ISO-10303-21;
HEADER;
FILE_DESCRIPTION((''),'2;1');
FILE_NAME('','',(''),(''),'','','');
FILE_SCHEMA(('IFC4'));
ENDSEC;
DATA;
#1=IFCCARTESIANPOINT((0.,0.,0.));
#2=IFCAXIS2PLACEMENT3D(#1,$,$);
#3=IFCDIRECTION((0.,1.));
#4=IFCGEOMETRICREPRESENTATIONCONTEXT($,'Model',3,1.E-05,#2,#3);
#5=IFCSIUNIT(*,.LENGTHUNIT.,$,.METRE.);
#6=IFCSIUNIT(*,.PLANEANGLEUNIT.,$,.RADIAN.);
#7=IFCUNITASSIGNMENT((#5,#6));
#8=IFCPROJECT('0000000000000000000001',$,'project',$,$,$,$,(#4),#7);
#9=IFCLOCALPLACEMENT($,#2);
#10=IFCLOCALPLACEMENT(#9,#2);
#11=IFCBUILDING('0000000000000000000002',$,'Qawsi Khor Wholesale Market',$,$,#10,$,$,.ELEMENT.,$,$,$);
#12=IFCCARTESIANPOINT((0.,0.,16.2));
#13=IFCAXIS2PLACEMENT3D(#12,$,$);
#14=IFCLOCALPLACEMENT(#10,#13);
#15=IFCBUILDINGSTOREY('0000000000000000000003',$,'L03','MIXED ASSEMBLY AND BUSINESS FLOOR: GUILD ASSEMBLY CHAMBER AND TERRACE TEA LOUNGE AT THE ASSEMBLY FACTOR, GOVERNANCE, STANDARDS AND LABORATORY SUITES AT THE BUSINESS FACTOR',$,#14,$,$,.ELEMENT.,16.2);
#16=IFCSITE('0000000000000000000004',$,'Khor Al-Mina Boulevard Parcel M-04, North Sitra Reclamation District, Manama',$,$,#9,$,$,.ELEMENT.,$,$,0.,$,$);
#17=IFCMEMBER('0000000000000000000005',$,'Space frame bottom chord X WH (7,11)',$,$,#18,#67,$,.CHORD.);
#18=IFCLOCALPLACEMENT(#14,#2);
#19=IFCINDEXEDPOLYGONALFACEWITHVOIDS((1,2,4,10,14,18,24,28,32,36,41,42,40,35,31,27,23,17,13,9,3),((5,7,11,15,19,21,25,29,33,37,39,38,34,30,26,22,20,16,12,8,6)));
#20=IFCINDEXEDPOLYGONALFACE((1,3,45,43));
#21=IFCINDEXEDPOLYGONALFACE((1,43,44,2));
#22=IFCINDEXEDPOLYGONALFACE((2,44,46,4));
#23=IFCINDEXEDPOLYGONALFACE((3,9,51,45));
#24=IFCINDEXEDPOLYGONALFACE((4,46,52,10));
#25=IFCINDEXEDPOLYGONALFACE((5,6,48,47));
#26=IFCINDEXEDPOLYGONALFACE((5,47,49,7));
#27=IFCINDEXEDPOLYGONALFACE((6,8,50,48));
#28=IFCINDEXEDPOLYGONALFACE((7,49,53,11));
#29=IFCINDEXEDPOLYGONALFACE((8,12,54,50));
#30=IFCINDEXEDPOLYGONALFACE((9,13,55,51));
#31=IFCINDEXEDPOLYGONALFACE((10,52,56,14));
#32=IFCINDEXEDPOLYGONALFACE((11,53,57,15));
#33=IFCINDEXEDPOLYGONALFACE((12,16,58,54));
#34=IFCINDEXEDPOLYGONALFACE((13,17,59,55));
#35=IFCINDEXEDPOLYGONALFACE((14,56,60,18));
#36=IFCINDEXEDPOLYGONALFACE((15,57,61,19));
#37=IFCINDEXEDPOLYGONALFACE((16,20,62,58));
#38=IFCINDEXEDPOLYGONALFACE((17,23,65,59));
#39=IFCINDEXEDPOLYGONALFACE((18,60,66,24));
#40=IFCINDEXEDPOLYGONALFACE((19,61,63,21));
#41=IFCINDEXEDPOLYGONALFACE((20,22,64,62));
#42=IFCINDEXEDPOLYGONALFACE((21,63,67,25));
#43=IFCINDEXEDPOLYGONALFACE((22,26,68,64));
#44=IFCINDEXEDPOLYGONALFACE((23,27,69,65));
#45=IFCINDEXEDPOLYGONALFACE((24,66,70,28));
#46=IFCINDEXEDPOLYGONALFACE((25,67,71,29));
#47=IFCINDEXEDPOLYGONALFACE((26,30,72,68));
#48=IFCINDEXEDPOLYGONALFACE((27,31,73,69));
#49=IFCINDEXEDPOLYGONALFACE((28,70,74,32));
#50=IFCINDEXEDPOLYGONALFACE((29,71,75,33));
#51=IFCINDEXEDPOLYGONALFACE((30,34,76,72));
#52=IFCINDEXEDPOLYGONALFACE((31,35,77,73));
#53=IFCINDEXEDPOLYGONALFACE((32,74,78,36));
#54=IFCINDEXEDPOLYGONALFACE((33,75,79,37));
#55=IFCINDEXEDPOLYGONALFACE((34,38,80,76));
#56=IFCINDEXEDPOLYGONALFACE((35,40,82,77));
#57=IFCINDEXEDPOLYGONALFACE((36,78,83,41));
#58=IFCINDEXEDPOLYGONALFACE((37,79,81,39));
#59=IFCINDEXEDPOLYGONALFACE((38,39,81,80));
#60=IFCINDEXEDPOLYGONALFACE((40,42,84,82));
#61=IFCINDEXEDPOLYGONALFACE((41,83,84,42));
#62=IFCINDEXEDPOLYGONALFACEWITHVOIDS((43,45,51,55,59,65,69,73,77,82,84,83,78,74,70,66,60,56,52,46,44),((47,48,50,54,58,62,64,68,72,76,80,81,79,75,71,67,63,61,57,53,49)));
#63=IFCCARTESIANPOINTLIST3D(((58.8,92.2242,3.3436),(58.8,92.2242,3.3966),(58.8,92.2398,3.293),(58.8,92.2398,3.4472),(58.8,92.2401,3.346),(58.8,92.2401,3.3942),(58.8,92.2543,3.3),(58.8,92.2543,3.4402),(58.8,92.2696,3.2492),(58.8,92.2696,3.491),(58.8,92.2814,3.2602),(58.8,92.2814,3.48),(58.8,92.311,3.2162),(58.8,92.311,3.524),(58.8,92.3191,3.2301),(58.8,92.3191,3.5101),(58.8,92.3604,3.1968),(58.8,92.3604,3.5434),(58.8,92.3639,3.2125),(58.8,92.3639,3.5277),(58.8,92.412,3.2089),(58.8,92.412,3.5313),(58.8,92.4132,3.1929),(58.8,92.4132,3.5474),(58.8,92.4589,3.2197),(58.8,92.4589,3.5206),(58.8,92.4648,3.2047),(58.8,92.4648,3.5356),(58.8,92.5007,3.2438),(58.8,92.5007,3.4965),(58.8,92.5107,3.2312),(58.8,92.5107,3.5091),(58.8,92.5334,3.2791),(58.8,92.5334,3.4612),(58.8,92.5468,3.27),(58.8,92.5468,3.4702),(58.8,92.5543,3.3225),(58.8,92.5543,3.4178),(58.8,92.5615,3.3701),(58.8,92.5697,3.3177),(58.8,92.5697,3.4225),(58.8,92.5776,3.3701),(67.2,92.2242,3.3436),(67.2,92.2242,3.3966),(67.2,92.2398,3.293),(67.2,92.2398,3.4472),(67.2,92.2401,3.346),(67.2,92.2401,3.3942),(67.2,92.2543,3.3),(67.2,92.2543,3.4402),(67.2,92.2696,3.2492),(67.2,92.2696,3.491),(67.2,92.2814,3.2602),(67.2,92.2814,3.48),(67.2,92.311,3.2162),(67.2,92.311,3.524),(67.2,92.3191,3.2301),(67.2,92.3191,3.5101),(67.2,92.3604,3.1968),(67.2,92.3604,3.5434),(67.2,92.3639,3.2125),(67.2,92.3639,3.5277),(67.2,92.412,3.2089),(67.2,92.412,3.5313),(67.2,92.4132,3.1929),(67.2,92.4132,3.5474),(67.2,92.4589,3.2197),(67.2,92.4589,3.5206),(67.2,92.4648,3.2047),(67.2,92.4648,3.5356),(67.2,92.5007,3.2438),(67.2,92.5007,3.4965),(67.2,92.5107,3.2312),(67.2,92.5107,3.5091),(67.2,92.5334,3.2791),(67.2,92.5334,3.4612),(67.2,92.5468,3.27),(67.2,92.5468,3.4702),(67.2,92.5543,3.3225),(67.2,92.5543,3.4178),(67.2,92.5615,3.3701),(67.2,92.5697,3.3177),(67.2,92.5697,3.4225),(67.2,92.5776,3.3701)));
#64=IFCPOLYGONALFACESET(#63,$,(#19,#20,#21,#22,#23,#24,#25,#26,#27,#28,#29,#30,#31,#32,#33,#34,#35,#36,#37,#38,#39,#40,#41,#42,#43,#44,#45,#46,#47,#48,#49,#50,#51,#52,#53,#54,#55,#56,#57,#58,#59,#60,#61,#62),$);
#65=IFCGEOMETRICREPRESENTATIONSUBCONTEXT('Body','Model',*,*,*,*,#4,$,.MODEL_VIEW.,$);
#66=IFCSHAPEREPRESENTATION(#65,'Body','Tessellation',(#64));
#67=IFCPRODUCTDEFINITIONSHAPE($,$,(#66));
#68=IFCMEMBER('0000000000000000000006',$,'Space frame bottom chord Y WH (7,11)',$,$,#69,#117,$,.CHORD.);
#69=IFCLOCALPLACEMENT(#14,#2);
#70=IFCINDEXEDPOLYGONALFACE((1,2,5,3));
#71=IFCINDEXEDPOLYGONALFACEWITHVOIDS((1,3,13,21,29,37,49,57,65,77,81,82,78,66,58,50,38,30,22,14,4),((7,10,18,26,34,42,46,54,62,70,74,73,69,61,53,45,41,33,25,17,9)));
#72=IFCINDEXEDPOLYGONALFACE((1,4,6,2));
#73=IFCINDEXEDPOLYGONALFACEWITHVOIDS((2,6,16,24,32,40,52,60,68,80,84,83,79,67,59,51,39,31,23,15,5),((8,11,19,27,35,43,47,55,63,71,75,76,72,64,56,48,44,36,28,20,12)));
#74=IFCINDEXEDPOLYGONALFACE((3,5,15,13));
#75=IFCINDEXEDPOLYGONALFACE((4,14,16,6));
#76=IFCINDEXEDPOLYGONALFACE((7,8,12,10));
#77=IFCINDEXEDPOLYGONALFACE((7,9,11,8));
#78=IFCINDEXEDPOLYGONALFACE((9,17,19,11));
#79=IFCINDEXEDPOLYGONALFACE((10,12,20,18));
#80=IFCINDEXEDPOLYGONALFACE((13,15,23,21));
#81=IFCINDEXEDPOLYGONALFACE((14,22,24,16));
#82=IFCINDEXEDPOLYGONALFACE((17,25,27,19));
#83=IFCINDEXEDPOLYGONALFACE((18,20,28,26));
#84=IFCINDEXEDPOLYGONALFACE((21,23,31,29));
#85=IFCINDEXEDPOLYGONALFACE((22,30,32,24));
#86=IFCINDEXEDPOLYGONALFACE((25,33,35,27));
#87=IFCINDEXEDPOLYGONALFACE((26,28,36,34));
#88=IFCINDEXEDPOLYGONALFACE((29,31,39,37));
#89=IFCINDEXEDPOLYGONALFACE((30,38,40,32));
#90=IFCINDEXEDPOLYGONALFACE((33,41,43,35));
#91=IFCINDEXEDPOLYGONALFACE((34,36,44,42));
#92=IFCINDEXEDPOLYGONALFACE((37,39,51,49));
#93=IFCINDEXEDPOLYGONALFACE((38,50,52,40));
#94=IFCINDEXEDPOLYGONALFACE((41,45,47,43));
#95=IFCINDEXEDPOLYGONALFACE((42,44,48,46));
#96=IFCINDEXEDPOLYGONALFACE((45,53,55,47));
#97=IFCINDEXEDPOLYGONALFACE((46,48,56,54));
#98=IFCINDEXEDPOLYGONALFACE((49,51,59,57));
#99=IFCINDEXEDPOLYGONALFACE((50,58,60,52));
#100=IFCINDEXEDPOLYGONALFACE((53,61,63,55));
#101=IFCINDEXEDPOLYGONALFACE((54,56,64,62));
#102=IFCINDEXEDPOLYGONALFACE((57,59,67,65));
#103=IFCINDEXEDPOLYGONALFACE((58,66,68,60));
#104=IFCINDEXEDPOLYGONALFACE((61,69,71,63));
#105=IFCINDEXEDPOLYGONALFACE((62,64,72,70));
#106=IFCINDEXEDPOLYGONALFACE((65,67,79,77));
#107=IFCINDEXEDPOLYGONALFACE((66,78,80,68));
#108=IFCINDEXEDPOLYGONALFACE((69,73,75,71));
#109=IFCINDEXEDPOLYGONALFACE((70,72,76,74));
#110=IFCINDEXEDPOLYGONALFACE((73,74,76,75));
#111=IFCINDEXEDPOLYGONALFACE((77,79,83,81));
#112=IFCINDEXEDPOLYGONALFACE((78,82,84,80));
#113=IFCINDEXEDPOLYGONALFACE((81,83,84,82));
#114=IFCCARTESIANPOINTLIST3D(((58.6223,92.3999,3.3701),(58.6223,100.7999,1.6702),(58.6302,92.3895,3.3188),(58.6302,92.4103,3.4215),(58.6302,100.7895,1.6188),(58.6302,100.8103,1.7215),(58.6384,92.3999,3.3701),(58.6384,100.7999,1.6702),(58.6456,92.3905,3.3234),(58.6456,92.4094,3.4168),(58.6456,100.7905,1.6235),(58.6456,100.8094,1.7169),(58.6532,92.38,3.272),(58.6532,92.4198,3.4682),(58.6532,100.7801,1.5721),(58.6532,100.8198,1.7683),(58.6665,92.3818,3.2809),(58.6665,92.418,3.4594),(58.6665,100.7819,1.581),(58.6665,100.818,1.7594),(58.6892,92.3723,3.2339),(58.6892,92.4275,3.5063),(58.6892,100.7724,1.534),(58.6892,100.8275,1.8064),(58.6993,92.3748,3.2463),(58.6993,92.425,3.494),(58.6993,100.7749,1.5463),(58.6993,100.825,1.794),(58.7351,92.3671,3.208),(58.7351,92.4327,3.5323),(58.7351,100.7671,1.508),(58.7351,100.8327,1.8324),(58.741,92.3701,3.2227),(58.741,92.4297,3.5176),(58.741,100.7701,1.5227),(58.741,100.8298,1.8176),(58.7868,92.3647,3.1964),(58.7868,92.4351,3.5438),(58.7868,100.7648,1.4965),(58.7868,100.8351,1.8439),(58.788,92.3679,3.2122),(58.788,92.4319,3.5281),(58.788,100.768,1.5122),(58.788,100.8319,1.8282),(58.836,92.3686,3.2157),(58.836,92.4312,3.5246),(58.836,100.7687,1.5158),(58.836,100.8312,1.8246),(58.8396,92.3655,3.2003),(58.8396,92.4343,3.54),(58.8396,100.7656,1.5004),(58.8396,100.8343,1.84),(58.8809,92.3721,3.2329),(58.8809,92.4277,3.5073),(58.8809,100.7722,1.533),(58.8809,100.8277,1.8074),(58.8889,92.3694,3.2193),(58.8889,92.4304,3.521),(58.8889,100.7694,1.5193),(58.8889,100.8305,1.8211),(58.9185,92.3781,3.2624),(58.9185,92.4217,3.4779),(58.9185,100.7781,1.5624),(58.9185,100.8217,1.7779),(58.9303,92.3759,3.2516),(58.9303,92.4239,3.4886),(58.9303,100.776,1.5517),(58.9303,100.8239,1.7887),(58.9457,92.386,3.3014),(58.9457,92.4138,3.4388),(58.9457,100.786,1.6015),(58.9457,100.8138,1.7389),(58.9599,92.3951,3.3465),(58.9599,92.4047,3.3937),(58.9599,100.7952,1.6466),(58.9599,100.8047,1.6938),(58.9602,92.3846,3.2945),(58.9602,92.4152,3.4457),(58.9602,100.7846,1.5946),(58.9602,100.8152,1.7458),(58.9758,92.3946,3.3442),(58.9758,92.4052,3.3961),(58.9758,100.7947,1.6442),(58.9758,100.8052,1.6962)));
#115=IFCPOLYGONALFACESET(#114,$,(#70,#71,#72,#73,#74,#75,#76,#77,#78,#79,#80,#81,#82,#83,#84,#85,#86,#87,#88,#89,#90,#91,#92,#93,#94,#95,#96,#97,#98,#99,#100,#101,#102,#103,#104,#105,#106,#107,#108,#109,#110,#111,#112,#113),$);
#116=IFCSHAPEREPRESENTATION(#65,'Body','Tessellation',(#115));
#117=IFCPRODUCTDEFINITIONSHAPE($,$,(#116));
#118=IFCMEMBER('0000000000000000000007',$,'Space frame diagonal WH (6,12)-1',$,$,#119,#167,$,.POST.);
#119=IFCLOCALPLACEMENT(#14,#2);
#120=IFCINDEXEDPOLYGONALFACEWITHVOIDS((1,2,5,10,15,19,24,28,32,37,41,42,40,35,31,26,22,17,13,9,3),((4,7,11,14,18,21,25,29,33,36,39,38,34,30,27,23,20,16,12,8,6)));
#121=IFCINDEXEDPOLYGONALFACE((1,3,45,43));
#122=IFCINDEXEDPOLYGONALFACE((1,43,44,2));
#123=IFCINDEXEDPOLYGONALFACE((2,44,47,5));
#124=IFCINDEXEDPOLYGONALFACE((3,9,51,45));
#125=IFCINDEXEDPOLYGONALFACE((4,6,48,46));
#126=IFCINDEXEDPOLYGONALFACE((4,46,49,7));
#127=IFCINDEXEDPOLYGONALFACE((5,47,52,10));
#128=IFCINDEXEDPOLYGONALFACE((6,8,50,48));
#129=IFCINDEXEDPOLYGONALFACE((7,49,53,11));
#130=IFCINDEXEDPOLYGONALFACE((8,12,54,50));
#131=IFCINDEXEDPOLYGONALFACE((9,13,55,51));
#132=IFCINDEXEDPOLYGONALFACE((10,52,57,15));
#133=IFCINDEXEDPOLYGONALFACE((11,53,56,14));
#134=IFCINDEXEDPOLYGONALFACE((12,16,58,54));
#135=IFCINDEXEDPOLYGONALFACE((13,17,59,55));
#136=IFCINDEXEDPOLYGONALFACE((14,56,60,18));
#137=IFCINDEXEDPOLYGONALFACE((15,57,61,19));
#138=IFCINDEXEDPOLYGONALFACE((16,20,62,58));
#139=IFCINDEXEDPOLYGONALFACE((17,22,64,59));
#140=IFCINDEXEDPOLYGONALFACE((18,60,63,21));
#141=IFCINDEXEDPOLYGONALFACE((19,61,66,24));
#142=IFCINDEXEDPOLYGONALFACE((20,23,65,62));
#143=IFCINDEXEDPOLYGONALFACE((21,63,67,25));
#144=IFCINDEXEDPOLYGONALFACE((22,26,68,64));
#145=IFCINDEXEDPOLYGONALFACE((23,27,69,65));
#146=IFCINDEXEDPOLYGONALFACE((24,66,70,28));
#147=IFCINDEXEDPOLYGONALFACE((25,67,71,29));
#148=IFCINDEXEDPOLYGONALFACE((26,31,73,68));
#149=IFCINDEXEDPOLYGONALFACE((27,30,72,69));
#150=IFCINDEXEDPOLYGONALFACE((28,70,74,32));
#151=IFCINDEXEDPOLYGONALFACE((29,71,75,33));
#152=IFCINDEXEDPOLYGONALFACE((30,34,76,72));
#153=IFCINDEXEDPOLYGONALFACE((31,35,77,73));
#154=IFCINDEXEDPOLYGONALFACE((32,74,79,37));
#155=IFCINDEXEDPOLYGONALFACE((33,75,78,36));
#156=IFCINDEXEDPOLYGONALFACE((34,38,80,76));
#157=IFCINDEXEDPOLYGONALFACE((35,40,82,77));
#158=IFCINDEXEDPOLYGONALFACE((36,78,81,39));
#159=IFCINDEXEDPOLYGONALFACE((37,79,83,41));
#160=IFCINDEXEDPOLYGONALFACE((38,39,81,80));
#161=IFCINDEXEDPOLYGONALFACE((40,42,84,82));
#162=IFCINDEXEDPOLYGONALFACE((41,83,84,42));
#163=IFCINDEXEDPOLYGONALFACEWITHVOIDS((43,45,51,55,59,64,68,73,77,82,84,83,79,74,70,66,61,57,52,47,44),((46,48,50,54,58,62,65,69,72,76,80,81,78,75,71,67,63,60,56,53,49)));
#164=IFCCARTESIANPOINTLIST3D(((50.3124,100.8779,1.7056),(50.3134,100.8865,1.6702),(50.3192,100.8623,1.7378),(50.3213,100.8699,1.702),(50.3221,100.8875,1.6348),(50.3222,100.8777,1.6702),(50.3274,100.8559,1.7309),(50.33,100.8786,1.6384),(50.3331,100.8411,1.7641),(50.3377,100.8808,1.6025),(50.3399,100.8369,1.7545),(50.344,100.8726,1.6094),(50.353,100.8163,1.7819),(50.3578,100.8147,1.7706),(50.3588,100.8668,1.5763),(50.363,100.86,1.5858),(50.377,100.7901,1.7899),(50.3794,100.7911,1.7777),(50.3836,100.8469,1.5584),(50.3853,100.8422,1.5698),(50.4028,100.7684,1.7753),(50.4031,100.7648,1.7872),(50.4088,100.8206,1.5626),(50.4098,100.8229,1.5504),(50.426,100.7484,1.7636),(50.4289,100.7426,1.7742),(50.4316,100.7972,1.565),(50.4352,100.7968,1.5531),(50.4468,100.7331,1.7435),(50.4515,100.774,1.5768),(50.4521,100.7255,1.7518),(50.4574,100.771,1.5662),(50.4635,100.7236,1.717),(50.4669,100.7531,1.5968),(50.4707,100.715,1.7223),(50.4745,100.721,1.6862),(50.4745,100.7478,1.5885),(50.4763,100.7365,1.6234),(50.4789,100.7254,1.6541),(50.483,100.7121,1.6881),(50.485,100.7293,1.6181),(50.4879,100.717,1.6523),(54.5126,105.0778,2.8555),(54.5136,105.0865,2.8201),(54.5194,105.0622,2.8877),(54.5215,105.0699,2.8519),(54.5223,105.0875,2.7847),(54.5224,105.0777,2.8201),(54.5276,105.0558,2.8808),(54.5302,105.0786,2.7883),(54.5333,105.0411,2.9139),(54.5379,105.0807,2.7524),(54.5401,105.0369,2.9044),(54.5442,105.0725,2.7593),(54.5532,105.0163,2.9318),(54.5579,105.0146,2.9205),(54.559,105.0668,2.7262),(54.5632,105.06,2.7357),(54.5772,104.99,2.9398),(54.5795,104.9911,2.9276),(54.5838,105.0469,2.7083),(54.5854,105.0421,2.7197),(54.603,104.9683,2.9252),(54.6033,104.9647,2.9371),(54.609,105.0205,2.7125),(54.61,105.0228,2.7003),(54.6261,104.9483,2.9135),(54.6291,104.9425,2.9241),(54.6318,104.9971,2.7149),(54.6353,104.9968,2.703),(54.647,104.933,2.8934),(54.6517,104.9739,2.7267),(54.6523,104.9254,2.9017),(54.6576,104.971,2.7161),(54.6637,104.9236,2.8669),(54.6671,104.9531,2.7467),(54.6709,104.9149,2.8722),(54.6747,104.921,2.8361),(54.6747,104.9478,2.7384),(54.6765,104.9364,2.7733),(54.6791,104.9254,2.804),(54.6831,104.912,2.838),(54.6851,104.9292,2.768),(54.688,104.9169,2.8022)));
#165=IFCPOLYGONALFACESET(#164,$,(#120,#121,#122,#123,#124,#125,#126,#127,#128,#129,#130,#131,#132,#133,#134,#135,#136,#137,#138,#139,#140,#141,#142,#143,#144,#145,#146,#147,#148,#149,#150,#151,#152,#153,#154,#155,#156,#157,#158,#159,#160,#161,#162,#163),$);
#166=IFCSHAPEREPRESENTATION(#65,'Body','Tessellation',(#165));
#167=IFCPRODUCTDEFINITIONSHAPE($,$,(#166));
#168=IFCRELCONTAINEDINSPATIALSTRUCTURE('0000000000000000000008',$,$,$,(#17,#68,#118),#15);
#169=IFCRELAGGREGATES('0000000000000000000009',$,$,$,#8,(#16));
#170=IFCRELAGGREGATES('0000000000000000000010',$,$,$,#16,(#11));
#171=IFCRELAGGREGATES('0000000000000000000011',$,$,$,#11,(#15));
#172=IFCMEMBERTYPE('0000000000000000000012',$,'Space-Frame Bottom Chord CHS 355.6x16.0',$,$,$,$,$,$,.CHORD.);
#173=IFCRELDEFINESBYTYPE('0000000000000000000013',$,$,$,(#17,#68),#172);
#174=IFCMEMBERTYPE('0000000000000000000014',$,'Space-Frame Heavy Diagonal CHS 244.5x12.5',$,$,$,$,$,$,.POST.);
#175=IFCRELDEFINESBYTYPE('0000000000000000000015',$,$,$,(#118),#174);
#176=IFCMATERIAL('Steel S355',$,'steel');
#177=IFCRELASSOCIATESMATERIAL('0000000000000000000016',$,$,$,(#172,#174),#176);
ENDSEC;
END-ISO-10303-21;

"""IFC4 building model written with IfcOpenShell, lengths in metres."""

from ifc_helpers import new_model, si_unit, direction, frame, origin, origin_2d, place, context, subcontext, project, spatial, hollow_circle, extrude, material, material_profile, profile_set, type_object, element, save


model = new_model("IFC4")

# Units and contexts
model_context = context("Model", 3, precision=1e-05, world=origin(), true_north=direction((0.0, 1.0)))
body_context = subcontext(model_context, "Body", "Model", "MODEL_VIEW")
ifc_project = project(units=[si_unit("LENGTHUNIT", "METRE"), si_unit("PLANEANGLEUNIT", "RADIAN")], contexts=[model_context])

# Site, building, storey
site_placement = place(None, origin())
site = spatial("IfcSite", under=ifc_project, at=site_placement, Name="Khor Al-Mina Boulevard Parcel M-04, North Sitra Reclamation District, Manama", CompositionType="ELEMENT", RefElevation=0.0)
building_placement = place(site_placement, origin())
building = spatial("IfcBuilding", under=site, at=building_placement, Name="Qawsi Khor Wholesale Market", CompositionType="ELEMENT")
storey_placement = place(building_placement, frame((0.0, 0.0, 16.2)))
storey = spatial("IfcBuildingStorey", under=building, at=storey_placement, Name="L03", Description="MIXED ASSEMBLY AND BUSINESS FLOOR: GUILD ASSEMBLY CHAMBER AND TERRACE TEA LOUNGE AT THE ASSEMBLY FACTOR, GOVERNANCE, STANDARDS AND LABORATORY SUITES AT THE BUSINESS FACTOR", CompositionType="ELEMENT", Elevation=16.2)

# Members
ifc_material_1 = material(Name="Steel S355", Category="steel")
ifc_material_profile_1 = material_profile(ifc_material_1, hollow_circle(Radius=0.1777, WallThickness=0.0161, at=origin_2d()), Name="CHS 355.6x16.0")
ifc_profile_set_1 = profile_set([ifc_material_profile_1], Name="Steel S355")
member_type_1 = type_object("IfcMemberType", Name="Space-Frame Bottom Chord CHS 355.6x16.0", PredefinedType="CHORD", material=ifc_profile_set_1)
member_1_placement = place(storey_placement, frame((58.8, 92.3999, 3.3701), z_axis=(1.0, 0.0, 0.0), x_axis=(0.0, 1.0, 0.0)))
element("IfcMember", 1, at=member_1_placement, inside=storey, type_object=member_type_1, Name="Space frame bottom chord X WH (7,11)", PredefinedType="CHORD", context=body_context, shape_type="SweptSolid", body=[
    extrude(hollow_circle(Radius=0.1777, WallThickness=0.0161, at=origin_2d()), origin(), (0.0, 0.0, 1.0), 8.3999),
])
member_2_placement = place(storey_placement, frame((58.8, 92.3999, 3.3701), z_axis=(0.0, 0.980131, -0.198351), x_axis=(-1.0, 0.0, 0.0)))
element("IfcMember", 2, at=member_2_placement, inside=storey, type_object=member_type_1, Name="Space frame bottom chord Y WH (7,11)", PredefinedType="CHORD", context=body_context, shape_type="SweptSolid", body=[
    extrude(hollow_circle(Radius=0.1777, WallThickness=0.0161, at=origin_2d()), origin(), (0.0, 0.0, 1.0), 8.5703),
])
ifc_material_profile_2 = material_profile(ifc_material_1, hollow_circle(Radius=0.1223, WallThickness=0.0125, at=origin_2d()), Name="CHS 244.5x12.5")
ifc_profile_set_2 = profile_set([ifc_material_profile_2], Name="Steel S355")
member_type_2 = type_object("IfcMemberType", Name="Space-Frame Heavy Diagonal CHS 244.5x12.5", PredefinedType="POST", material=ifc_profile_set_2)
member_3_placement = place(storey_placement, frame((50.3999, 100.8, 1.6702), z_axis=(0.694238, 0.694197, 0.190064), x_axis=(-0.707086, 0.707127, 0.0)))
element("IfcMember", 3, at=member_3_placement, inside=storey, type_object=member_type_2, Name="Space frame diagonal WH (6,12)-1", PredefinedType="POST", context=body_context, shape_type="SweptSolid", body=[
    extrude(hollow_circle(Radius=0.1223, WallThickness=0.0125, at=origin_2d()), origin(), (0.0, 0.0, 1.0), 6.05),
])

save(model, "model.ifc")
